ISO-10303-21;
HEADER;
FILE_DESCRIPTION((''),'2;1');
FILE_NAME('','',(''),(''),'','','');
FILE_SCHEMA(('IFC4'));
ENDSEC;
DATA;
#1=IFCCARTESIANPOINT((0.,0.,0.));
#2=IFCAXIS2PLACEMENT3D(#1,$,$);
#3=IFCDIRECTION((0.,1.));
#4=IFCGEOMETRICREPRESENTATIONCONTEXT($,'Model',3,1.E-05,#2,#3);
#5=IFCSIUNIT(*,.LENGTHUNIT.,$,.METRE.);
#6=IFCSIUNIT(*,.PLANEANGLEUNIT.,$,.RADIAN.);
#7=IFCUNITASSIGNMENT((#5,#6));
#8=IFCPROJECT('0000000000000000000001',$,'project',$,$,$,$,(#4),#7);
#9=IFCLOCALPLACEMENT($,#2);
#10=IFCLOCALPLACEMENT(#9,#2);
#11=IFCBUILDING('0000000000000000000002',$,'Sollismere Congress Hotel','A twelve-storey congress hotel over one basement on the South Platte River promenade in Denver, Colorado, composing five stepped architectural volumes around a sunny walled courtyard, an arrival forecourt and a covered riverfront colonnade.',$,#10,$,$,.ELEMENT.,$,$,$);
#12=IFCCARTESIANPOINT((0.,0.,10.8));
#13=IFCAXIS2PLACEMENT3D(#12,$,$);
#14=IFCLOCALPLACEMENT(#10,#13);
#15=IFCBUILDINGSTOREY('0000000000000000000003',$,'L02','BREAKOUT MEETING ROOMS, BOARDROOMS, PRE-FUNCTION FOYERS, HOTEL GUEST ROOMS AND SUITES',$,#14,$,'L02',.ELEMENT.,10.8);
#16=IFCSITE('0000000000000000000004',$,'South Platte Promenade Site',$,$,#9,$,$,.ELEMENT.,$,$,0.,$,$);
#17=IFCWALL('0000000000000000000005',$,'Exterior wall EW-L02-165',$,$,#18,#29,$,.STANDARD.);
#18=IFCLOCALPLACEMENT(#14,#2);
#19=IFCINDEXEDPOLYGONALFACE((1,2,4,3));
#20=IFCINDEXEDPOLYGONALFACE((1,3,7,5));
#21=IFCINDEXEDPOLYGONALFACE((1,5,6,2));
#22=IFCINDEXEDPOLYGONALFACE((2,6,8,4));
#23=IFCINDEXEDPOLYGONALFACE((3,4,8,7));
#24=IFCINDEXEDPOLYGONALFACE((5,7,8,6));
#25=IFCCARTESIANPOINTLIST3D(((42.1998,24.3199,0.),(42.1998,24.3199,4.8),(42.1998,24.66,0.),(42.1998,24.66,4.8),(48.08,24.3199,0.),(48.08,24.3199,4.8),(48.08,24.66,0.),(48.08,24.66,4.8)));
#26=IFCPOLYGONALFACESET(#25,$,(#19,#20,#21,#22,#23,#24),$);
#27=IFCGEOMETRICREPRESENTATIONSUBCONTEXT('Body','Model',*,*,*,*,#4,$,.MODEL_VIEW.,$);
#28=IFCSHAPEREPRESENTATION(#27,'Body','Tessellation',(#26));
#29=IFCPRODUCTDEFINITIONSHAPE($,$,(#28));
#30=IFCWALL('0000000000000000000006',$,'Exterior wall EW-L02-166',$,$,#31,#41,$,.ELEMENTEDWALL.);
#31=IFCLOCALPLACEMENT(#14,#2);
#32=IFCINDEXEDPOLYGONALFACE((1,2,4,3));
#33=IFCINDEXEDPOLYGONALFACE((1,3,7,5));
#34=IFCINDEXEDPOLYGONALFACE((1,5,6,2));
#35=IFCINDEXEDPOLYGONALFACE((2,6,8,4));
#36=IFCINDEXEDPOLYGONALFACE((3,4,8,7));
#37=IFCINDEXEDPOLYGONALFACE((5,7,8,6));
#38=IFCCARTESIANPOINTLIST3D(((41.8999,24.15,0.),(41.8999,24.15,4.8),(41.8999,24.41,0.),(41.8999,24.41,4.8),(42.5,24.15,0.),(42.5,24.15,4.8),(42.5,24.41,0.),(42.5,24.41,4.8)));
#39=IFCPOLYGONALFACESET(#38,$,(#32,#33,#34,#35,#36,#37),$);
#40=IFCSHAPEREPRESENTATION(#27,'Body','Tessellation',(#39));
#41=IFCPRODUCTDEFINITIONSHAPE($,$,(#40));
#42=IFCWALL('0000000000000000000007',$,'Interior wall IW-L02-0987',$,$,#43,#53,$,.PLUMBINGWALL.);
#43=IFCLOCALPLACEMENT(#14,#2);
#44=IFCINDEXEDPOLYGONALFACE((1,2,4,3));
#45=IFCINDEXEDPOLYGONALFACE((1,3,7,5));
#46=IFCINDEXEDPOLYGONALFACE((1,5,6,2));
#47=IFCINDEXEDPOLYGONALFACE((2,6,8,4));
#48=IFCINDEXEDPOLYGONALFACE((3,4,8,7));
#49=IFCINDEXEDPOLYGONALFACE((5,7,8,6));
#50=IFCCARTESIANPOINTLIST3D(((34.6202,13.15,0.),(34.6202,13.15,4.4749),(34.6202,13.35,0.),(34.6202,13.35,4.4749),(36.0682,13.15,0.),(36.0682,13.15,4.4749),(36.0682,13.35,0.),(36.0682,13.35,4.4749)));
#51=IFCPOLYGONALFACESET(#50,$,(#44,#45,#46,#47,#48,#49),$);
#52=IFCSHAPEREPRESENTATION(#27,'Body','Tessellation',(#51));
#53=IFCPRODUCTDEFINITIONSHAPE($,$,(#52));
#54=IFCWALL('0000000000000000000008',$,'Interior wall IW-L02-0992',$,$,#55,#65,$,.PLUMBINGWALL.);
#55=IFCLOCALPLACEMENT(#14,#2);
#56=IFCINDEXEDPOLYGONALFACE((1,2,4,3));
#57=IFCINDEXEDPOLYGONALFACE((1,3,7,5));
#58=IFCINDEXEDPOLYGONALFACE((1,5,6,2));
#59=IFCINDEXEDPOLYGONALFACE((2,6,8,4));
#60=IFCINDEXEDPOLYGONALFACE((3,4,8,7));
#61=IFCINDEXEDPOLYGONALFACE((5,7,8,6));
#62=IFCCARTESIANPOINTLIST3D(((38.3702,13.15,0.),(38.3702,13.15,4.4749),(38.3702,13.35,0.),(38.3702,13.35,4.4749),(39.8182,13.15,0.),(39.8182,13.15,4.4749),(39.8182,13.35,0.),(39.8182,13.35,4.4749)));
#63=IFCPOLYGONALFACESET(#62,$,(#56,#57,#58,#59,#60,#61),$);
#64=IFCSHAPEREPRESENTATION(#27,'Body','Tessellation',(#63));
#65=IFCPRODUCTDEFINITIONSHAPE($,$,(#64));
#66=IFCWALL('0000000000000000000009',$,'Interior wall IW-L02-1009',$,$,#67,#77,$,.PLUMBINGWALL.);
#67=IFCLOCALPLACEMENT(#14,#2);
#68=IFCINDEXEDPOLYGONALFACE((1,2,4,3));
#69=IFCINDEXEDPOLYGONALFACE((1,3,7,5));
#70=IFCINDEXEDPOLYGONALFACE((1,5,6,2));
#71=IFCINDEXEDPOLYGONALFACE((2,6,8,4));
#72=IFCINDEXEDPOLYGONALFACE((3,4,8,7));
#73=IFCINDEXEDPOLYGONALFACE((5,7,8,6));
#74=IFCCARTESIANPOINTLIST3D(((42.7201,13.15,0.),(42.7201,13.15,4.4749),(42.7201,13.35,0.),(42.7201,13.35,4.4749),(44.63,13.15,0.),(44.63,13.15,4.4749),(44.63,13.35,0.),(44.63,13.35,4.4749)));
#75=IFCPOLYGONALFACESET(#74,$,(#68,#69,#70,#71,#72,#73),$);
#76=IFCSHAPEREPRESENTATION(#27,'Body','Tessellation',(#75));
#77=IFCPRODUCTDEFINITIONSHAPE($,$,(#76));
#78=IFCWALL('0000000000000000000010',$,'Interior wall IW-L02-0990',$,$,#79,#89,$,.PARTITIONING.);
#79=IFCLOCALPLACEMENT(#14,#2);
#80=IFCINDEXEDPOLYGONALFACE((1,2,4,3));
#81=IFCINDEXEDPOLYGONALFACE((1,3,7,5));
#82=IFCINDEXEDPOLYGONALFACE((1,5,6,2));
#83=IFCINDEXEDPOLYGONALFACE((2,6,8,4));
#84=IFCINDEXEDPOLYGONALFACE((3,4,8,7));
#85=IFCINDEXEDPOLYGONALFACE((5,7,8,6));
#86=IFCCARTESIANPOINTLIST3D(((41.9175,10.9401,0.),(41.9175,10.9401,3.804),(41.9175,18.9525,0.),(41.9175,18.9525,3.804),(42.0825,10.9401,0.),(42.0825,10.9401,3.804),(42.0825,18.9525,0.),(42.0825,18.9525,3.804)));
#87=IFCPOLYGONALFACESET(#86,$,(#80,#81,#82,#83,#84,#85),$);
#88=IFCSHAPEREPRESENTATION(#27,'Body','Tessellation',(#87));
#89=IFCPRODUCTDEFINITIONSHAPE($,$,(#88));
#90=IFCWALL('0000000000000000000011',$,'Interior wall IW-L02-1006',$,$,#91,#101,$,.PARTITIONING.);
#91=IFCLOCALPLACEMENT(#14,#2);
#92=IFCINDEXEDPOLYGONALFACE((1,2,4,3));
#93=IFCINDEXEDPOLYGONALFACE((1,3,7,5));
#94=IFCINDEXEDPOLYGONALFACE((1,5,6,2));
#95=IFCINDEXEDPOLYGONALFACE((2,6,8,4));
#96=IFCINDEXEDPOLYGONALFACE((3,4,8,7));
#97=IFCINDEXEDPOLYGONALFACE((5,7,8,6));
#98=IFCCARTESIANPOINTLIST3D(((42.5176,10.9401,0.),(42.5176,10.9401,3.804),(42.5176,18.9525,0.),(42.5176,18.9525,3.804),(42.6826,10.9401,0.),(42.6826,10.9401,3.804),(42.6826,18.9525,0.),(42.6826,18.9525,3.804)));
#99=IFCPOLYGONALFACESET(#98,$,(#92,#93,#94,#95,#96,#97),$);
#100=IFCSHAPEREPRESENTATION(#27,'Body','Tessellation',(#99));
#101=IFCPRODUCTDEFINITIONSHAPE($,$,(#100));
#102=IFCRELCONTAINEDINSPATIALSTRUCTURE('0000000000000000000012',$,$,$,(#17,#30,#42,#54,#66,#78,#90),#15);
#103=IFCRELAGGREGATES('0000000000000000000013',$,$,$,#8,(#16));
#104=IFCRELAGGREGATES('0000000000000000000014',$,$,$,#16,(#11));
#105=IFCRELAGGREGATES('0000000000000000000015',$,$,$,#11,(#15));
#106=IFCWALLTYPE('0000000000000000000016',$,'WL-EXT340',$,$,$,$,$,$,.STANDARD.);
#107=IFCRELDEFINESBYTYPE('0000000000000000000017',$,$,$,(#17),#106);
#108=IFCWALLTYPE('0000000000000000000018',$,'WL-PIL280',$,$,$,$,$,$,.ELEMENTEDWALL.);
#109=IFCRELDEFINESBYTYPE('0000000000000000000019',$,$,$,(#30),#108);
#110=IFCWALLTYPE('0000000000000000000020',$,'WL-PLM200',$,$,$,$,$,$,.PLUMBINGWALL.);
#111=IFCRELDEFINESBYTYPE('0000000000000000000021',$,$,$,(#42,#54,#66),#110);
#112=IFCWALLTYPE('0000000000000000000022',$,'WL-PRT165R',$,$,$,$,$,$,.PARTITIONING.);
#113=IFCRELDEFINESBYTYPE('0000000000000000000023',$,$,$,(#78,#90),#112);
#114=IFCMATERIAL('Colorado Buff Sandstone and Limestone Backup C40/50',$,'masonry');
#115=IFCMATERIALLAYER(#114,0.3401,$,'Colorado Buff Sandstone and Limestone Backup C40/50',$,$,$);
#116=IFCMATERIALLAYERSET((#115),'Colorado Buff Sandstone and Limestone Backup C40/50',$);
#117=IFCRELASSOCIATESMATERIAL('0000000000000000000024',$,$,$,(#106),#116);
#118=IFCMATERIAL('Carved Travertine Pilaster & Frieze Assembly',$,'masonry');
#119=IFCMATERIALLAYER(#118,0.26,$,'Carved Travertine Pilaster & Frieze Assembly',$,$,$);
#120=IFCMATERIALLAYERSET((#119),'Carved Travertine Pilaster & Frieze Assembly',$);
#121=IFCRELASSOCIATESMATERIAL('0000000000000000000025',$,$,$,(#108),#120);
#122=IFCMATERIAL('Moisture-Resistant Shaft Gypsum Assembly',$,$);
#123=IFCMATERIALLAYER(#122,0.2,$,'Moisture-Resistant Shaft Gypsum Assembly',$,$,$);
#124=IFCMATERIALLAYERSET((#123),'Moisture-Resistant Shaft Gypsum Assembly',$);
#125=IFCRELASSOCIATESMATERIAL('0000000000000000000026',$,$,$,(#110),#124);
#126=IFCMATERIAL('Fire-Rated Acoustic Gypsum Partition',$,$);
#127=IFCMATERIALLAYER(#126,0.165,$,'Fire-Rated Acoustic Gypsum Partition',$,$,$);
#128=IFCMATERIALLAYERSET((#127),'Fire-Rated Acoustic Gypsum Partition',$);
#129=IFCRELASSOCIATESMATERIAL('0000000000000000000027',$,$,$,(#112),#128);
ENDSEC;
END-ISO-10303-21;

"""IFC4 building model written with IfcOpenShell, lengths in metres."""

from ifc_helpers import new_model, si_unit, direction, frame, frame_2d, origin, place, context, subcontext, project, spatial, rectangle, extrude, material, layer, layer_set, type_object, element, save


model = new_model("IFC4")

# Units and contexts
model_context = context("Model", 3, precision=1e-05, world=origin(), true_north=direction((0.0, 1.0)))
body_context = subcontext(model_context, "Body", "Model", "MODEL_VIEW")
ifc_project = project(units=[si_unit("LENGTHUNIT", "METRE"), si_unit("PLANEANGLEUNIT", "RADIAN")], contexts=[model_context])

# Site, building, storey
site_placement = place(None, origin())
site = spatial("IfcSite", under=ifc_project, at=site_placement, Name="South Platte Promenade Site", CompositionType="ELEMENT", RefElevation=0.0)
building_placement = place(site_placement, origin())
building = spatial("IfcBuilding", under=site, at=building_placement, Name="Sollismere Congress Hotel", Description="A twelve-storey congress hotel over one basement on the South Platte River promenade in Denver, Colorado, composing five stepped architectural volumes around a sunny walled courtyard, an arrival forecourt and a covered riverfront colonnade.", CompositionType="ELEMENT")
storey_placement = place(building_placement, frame((0.0, 0.0, 10.8)))
storey = spatial("IfcBuildingStorey", under=building, at=storey_placement, Name="L02", Description="BREAKOUT MEETING ROOMS, BOARDROOMS, PRE-FUNCTION FOYERS, HOTEL GUEST ROOMS AND SUITES", LongName="L02", CompositionType="ELEMENT", Elevation=10.8)

# Walls
ifc_material_1 = material(Name="Colorado Buff Sandstone and Limestone Backup C40/50", Category="masonry")
ifc_layer_1 = layer(ifc_material_1, 0.3401, Name="Colorado Buff Sandstone and Limestone Backup C40/50")
ifc_layer_set_1 = layer_set([ifc_layer_1], Name="Colorado Buff Sandstone and Limestone Backup C40/50")
wall_type_1 = type_object("IfcWallType", Name="WL-EXT340", PredefinedType="STANDARD", material=ifc_layer_set_1)
wall_1_placement = place(storey_placement, frame((42.2, 24.49, 0.0), z_axis=(0.0, 0.0, 1.0), x_axis=(1.0, 0.0, 0.0)))
element("IfcWall", 1, at=wall_1_placement, inside=storey, type_object=wall_type_1, Name="Exterior wall EW-L02-165", PredefinedType="STANDARD", context=body_context, shape_type="SweptSolid", body=[
    extrude(rectangle(XDim=5.8801, YDim=0.3401, at=frame_2d((2.9399, 0.0))), origin(), (0.0, 0.0, 1.0), 4.8),
])
ifc_material_2 = material(Name="Carved Travertine Pilaster & Frieze Assembly", Category="masonry")
ifc_layer_2 = layer(ifc_material_2, 0.26, Name="Carved Travertine Pilaster & Frieze Assembly")
ifc_layer_set_2 = layer_set([ifc_layer_2], Name="Carved Travertine Pilaster & Frieze Assembly")
wall_type_2 = type_object("IfcWallType", Name="WL-PIL280", PredefinedType="ELEMENTEDWALL", material=ifc_layer_set_2)
wall_2_placement = place(storey_placement, frame((41.8999, 24.28, 0.0), z_axis=(0.0, 0.0, 1.0), x_axis=(1.0, 0.0, 0.0)))
element("IfcWall", 2, at=wall_2_placement, inside=storey, type_object=wall_type_2, Name="Exterior wall EW-L02-166", PredefinedType="ELEMENTEDWALL", context=body_context, shape_type="SweptSolid", body=[
    extrude(rectangle(XDim=0.6001, YDim=0.26, at=frame_2d((0.3, 0.0))), origin(), (0.0, 0.0, 1.0), 4.8),
])
ifc_material_3 = material(Name="Moisture-Resistant Shaft Gypsum Assembly")
ifc_layer_3 = layer(ifc_material_3, 0.2, Name="Moisture-Resistant Shaft Gypsum Assembly")
ifc_layer_set_3 = layer_set([ifc_layer_3], Name="Moisture-Resistant Shaft Gypsum Assembly")
wall_type_3 = type_object("IfcWallType", Name="WL-PLM200", PredefinedType="PLUMBINGWALL", material=ifc_layer_set_3)
for number, where, z_axis, x_axis, name in (
    (3, (34.6201, 13.25, 0.0), (0.0, 0.0, 1.0), (1.0, 0.0, 0.0), "Interior wall IW-L02-0987"),
    (4, (38.3701, 13.25, 0.0), (0.0, 0.0, 1.0), (1.0, 0.0, 0.0), "Interior wall IW-L02-0992"),
):
    element("IfcWall", number, at=place(storey_placement, frame(where, z_axis=z_axis, x_axis=x_axis)), inside=storey, type_object=wall_type_3, Name=name, PredefinedType="PLUMBINGWALL", context=body_context, shape_type="SweptSolid", body=[
        extrude(rectangle(XDim=1.448, YDim=0.2, at=frame_2d((0.7241, 0.0))), origin(), (0.0, 0.0, 1.0), 4.4749),
    ])
wall_3_placement = place(storey_placement, frame((42.72, 13.25, 0.0), z_axis=(0.0, 0.0, 1.0), x_axis=(1.0, 0.0, 0.0)))
element("IfcWall", 5, at=wall_3_placement, inside=storey, type_object=wall_type_3, Name="Interior wall IW-L02-1009", PredefinedType="PLUMBINGWALL", context=body_context, shape_type="SweptSolid", body=[
    extrude(rectangle(XDim=1.9099, YDim=0.2, at=frame_2d((0.9551, 0.0))), origin(), (0.0, 0.0, 1.0), 4.4749),
])
ifc_material_4 = material(Name="Fire-Rated Acoustic Gypsum Partition")
ifc_layer_4 = layer(ifc_material_4, 0.165, Name="Fire-Rated Acoustic Gypsum Partition")
ifc_layer_set_4 = layer_set([ifc_layer_4], Name="Fire-Rated Acoustic Gypsum Partition")
wall_type_4 = type_object("IfcWallType", Name="WL-PRT165R", PredefinedType="PARTITIONING", material=ifc_layer_set_4)
for number, where, z_axis, x_axis, name in (
    (6, (42.0, 10.9399, 0.0), (0.0, 0.0, 1.0), (0.0, 1.0, 0.0), "Interior wall IW-L02-0990"),
    (7, (42.6001, 10.9399, 0.0), (0.0, 0.0, 1.0), (0.0, 1.0, 0.0), "Interior wall IW-L02-1006"),
):
    element("IfcWall", number, at=place(storey_placement, frame(where, z_axis=z_axis, x_axis=x_axis)), inside=storey, type_object=wall_type_4, Name=name, PredefinedType="PARTITIONING", context=body_context, shape_type="SweptSolid", body=[
        extrude(rectangle(XDim=8.0125, YDim=0.165, at=frame_2d((4.0063, 0.0))), origin(), (0.0, 0.0, 1.0), 3.804),
    ])

save(model, "model.ifc")
